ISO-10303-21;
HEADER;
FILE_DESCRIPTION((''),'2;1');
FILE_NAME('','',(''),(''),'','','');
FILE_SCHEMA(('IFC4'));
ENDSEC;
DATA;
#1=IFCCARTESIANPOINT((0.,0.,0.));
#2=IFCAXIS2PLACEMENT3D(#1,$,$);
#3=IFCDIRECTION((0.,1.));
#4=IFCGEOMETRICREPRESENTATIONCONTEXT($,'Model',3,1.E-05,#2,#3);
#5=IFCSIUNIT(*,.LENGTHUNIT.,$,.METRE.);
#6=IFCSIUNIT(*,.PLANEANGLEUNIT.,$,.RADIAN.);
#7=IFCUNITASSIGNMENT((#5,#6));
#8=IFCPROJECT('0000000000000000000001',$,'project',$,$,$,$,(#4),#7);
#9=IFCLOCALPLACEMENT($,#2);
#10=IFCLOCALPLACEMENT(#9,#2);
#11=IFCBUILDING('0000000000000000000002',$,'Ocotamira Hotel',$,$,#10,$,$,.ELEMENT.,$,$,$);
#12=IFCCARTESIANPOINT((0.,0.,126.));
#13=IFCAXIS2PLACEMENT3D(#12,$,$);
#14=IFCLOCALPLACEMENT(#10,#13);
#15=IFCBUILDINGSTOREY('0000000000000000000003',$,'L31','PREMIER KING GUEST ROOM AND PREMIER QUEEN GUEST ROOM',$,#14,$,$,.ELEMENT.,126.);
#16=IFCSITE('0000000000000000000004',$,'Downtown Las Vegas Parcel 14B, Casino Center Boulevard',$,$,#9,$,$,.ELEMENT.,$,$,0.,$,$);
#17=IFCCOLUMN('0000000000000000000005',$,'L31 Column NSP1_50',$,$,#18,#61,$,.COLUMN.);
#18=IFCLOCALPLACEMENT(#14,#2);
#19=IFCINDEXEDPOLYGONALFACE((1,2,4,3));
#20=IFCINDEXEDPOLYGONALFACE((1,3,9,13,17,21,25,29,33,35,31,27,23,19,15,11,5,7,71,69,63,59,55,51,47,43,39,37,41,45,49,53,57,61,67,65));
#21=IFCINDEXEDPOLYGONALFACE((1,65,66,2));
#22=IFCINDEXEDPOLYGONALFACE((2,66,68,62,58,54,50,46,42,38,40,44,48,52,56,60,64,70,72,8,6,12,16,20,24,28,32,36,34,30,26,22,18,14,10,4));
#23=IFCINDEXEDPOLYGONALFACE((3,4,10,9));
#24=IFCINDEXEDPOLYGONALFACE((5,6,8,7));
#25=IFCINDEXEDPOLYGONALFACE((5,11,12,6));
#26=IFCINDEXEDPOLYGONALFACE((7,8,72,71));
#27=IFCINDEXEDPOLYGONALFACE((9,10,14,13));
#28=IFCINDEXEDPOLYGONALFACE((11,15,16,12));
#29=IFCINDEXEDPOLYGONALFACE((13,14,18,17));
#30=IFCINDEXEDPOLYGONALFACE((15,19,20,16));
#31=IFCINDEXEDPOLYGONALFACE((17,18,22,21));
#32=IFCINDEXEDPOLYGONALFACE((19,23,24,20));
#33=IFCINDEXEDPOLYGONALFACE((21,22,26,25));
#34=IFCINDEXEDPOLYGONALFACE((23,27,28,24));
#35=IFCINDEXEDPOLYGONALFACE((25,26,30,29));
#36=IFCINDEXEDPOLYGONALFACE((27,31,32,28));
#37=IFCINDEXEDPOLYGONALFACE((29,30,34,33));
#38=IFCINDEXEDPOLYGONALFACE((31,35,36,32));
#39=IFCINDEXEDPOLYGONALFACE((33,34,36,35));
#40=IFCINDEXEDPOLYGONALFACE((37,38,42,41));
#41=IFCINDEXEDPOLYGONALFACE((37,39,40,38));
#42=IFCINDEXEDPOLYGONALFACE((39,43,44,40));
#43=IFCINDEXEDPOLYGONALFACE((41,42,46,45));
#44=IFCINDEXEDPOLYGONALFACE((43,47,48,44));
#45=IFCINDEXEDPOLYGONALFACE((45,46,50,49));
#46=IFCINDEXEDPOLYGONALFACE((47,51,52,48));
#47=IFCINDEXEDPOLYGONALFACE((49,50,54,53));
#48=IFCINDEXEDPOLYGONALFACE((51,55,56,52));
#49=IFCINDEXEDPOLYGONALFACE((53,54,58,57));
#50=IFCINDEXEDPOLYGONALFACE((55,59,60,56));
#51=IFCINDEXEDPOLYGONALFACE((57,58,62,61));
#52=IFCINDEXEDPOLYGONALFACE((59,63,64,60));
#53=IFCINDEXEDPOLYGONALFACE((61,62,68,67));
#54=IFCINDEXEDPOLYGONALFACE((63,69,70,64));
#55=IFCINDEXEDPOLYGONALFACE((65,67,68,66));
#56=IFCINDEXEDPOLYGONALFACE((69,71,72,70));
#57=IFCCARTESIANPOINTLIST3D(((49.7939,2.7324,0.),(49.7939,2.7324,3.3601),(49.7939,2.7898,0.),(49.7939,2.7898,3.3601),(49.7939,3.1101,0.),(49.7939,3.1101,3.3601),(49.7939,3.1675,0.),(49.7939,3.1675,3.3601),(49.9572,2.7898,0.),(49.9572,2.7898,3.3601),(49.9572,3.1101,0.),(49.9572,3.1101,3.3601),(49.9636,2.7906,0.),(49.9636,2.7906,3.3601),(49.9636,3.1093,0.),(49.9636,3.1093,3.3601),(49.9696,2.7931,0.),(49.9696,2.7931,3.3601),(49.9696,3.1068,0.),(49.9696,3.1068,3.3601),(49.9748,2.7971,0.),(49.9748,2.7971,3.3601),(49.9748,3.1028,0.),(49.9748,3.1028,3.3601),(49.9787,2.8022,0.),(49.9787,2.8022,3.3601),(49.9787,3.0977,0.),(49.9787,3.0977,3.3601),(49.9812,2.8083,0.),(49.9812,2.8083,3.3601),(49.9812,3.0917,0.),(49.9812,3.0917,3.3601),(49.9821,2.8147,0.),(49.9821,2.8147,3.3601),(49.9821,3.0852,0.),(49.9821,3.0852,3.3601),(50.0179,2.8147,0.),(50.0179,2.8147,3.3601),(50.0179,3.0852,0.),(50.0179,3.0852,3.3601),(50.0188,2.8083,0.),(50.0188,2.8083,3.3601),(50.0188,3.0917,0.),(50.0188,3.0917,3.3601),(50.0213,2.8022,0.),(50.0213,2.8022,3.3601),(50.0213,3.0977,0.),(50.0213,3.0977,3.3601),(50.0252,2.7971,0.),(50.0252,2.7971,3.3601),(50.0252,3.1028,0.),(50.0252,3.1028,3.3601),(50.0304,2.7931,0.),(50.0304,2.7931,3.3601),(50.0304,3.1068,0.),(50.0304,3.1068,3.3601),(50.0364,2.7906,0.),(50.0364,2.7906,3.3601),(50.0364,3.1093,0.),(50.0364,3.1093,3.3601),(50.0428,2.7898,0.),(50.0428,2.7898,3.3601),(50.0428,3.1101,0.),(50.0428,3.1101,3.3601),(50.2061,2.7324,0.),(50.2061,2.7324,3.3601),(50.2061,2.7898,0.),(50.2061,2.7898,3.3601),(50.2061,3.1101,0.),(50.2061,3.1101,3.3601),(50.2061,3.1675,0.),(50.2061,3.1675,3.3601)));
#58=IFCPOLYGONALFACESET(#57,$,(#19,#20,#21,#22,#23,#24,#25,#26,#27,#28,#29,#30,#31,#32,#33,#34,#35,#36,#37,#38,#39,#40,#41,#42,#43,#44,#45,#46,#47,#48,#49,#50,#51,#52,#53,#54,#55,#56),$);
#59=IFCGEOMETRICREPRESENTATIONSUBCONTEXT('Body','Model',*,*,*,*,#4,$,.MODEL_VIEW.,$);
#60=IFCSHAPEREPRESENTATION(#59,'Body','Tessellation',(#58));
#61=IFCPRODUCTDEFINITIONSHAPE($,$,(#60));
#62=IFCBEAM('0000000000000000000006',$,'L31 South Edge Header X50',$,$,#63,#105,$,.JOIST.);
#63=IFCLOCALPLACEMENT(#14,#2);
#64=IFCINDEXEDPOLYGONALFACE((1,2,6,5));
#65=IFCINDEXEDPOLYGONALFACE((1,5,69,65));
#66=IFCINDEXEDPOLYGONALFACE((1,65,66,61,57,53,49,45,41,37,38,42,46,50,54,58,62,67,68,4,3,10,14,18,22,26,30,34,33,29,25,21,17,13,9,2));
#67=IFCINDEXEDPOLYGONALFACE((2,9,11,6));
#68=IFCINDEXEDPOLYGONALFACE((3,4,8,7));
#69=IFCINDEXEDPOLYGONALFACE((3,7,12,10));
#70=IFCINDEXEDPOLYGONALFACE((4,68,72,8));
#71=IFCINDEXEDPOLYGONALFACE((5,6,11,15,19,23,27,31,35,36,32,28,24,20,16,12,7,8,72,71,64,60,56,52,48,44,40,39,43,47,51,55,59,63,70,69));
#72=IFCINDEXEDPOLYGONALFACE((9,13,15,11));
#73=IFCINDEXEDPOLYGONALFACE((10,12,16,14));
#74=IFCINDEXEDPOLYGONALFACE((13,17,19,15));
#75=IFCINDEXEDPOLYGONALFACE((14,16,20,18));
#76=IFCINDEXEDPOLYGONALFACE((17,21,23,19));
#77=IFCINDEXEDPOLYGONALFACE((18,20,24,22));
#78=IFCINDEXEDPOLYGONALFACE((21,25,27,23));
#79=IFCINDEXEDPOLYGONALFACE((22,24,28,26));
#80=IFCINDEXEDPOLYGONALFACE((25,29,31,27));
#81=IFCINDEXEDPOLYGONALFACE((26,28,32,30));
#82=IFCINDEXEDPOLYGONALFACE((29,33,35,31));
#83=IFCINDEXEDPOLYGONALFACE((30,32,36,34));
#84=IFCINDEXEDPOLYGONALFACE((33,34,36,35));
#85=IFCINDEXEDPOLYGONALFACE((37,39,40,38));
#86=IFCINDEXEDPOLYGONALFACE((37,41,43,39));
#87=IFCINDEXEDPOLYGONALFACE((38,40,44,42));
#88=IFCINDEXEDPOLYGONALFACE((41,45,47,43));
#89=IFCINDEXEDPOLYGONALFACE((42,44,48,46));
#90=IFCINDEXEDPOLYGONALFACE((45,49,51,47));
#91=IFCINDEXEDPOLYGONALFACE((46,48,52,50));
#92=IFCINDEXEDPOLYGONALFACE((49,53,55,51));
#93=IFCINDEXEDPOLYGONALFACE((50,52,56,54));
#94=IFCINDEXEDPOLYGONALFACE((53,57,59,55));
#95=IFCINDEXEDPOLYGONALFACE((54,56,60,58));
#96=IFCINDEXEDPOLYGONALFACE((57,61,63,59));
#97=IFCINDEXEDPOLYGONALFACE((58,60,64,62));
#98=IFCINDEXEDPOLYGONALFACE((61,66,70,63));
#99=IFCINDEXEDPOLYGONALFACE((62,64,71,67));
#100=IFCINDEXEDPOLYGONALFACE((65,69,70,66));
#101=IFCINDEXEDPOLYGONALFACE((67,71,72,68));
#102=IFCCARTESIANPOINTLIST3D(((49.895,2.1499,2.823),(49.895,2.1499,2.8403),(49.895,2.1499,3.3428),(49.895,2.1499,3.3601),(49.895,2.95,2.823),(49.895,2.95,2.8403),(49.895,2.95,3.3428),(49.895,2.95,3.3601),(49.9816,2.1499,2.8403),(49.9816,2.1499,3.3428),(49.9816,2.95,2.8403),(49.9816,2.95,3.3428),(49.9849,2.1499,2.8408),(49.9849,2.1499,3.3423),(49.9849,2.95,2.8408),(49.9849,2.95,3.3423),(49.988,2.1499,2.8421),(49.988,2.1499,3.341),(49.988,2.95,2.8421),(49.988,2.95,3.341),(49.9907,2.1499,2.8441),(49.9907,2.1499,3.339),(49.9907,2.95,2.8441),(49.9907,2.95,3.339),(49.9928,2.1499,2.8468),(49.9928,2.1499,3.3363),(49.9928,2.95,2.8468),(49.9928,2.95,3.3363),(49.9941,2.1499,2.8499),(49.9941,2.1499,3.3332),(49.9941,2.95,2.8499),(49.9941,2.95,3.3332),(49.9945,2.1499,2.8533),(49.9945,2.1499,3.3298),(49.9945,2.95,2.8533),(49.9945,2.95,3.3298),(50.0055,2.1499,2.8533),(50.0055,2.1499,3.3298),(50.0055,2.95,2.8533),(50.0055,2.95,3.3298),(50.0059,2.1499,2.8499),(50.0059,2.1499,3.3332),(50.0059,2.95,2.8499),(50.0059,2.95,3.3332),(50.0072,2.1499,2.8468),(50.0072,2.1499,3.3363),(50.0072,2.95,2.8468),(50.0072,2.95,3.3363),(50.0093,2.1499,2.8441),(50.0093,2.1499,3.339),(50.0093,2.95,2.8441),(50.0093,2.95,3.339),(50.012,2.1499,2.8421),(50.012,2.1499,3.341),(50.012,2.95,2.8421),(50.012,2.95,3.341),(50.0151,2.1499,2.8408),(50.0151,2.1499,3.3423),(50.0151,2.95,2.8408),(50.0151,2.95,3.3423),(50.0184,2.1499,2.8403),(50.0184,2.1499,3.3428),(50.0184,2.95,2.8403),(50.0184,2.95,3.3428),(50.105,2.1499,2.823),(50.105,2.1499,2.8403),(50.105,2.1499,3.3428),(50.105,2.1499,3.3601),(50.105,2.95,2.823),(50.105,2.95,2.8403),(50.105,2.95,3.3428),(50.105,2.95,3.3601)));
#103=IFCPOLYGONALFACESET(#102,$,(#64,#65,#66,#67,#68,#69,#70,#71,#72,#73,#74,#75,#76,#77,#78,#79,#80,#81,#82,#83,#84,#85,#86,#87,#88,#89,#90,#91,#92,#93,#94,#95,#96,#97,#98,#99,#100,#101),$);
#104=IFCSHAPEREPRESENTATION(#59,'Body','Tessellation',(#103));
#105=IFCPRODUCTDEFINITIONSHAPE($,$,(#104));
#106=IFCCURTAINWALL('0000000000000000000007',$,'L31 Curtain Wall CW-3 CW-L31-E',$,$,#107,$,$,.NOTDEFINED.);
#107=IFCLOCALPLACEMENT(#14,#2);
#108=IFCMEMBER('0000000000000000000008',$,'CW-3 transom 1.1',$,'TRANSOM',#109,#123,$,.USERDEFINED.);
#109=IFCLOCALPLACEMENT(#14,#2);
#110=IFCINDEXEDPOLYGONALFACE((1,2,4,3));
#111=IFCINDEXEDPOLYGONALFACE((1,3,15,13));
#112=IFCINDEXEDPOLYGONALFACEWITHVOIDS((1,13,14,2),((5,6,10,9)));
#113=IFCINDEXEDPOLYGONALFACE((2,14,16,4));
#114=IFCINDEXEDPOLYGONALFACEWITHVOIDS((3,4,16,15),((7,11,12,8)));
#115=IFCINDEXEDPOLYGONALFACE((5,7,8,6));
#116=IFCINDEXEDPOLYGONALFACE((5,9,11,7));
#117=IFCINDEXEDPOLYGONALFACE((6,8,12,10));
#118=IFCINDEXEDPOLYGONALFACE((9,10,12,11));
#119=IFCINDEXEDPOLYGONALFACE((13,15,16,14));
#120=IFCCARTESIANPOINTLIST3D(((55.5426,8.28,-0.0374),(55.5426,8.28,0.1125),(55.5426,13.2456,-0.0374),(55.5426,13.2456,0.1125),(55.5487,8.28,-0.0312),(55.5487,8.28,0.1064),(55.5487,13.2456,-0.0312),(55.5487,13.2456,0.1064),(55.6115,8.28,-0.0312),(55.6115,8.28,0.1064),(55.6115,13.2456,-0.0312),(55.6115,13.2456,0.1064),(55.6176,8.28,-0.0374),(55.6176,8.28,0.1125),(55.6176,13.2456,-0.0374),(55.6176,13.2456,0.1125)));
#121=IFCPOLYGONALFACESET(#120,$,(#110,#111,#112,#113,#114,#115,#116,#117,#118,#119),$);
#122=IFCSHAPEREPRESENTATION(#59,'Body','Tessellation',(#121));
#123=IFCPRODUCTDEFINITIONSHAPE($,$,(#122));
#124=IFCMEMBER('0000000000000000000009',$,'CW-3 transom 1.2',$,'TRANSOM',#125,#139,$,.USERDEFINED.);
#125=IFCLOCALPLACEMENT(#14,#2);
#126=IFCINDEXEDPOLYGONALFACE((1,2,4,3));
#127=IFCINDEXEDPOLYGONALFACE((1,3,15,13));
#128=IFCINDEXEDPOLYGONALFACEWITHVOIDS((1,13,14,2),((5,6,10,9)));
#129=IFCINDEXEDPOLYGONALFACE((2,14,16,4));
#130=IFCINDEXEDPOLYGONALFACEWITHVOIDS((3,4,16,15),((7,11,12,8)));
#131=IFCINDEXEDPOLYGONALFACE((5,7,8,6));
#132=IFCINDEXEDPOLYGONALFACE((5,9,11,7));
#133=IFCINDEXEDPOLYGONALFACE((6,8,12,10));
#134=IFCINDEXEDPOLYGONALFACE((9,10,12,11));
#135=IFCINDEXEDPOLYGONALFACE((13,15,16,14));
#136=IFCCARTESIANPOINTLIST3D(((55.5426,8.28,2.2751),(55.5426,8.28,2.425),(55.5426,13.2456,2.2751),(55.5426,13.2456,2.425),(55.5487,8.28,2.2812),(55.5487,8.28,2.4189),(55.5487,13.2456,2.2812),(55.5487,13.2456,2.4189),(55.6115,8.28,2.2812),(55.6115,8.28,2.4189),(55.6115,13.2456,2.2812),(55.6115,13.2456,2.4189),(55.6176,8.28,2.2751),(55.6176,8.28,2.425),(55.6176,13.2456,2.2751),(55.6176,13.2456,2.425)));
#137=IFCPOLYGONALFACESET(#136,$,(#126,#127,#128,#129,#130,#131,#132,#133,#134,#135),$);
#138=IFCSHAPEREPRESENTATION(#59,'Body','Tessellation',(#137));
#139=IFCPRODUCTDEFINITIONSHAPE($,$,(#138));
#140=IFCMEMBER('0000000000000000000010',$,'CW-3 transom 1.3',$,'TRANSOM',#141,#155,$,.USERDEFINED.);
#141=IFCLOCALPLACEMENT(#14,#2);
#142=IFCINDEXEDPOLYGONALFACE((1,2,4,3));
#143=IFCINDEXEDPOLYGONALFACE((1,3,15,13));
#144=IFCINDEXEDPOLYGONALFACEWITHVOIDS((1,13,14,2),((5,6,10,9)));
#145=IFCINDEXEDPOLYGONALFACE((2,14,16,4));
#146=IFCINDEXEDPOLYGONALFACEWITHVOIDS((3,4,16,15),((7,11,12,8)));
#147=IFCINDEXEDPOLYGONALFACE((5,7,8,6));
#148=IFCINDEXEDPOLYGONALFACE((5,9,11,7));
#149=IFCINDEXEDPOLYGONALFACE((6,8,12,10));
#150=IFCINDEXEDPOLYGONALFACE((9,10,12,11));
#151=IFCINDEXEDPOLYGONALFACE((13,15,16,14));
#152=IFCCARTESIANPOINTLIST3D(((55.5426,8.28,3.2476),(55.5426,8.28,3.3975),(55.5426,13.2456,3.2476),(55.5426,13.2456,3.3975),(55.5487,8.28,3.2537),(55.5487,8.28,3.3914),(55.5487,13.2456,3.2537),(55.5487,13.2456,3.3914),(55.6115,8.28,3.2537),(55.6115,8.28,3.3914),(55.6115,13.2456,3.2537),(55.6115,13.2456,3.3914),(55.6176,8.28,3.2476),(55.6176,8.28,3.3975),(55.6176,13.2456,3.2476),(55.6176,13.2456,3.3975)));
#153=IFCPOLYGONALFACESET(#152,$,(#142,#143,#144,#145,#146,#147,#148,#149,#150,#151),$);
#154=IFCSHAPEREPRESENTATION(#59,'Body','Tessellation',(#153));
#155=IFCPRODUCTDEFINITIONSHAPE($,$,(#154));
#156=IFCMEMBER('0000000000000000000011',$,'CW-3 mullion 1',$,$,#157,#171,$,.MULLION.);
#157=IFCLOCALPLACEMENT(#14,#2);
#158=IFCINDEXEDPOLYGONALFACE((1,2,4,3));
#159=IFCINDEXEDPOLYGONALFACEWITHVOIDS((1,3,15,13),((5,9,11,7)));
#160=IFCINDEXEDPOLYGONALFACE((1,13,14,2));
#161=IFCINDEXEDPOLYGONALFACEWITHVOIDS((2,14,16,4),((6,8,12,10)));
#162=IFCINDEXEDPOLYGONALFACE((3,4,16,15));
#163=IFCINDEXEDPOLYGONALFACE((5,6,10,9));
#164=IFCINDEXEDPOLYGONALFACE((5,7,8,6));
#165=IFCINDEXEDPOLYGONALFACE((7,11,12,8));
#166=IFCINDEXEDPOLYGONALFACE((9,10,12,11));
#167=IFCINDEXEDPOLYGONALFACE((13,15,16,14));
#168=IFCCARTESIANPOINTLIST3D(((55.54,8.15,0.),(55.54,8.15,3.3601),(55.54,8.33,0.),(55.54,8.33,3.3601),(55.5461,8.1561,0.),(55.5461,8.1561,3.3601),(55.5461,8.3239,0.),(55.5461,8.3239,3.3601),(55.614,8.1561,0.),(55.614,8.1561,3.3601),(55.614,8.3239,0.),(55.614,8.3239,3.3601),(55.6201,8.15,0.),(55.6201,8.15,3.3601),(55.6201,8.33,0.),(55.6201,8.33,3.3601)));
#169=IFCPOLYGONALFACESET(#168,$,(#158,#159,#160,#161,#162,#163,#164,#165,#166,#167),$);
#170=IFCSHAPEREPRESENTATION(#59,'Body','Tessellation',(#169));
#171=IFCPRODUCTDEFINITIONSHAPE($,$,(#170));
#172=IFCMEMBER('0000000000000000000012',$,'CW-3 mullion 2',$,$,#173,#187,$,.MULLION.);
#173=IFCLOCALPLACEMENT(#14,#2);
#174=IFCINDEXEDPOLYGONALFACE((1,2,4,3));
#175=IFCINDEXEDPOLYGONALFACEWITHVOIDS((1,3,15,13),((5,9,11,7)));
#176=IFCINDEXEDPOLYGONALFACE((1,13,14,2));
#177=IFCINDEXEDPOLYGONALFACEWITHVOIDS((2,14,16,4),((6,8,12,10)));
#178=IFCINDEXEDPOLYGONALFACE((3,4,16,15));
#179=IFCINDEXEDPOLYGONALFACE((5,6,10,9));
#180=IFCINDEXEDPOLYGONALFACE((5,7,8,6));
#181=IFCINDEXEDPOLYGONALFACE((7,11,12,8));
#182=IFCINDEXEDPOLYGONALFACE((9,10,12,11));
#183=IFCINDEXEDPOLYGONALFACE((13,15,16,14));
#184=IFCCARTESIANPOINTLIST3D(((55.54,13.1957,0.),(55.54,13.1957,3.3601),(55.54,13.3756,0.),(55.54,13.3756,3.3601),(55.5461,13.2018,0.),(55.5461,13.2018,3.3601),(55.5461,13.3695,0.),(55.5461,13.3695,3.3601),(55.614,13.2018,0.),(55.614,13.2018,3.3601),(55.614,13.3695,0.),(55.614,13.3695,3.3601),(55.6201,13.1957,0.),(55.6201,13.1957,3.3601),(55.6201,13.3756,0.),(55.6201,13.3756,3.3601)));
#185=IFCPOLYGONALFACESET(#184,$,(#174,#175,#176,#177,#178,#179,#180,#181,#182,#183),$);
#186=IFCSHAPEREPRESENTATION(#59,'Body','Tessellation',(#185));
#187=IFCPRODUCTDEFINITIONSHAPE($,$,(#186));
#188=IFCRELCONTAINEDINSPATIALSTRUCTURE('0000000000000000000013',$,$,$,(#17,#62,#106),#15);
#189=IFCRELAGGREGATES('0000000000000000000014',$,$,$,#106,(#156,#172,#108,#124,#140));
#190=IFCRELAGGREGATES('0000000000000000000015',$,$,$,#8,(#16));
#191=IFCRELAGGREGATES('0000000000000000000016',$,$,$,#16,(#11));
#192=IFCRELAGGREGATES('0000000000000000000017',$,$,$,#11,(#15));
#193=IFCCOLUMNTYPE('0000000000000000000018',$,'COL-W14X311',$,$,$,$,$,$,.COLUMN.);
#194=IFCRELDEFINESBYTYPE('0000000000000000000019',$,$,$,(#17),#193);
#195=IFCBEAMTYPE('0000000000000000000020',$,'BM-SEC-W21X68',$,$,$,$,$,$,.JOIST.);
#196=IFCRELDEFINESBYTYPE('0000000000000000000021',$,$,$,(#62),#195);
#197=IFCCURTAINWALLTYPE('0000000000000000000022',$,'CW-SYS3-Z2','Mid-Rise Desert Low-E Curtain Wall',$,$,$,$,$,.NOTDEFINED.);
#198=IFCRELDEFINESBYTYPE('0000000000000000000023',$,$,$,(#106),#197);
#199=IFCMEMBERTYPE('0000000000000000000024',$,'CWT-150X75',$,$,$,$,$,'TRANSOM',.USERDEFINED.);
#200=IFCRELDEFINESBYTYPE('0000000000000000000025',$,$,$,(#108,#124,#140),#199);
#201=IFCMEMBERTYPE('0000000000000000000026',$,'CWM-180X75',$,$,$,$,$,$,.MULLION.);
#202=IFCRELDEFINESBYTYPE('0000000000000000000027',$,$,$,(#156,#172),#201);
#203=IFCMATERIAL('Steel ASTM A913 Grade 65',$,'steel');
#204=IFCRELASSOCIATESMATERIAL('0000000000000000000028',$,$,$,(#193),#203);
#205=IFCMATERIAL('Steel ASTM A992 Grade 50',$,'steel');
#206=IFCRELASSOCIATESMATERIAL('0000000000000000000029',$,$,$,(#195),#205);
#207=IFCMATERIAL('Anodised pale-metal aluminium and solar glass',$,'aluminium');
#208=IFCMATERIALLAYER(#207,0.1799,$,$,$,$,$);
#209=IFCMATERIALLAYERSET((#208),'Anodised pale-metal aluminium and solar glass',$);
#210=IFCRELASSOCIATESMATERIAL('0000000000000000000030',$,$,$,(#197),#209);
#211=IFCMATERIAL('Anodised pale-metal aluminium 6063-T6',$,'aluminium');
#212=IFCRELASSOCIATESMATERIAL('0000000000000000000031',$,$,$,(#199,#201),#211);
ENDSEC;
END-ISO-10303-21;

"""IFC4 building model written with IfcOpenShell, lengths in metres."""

from ifc_helpers import new_model, si_unit, direction, frame, origin, origin_2d, place, context, subcontext, project, spatial, hollow_rectangle, i_section, extrude, source, transform, mapped, material, layer, layer_set, material_profile, profile_set, type_object, element, aggregate, save


model = new_model("IFC4")

# Units and contexts
model_context = context("Model", 3, precision=1e-05, world=origin(), true_north=direction((0.0, 1.0)))
body_context = subcontext(model_context, "Body", "Model", "MODEL_VIEW")
ifc_project = project(units=[si_unit("LENGTHUNIT", "METRE"), si_unit("PLANEANGLEUNIT", "RADIAN")], contexts=[model_context])

# Site, building, storey
site_placement = place(None, origin())
site = spatial("IfcSite", under=ifc_project, at=site_placement, Name="Downtown Las Vegas Parcel 14B, Casino Center Boulevard", CompositionType="ELEMENT", RefElevation=0.0)
building_placement = place(site_placement, origin())
building = spatial("IfcBuilding", under=site, at=building_placement, Name="Ocotamira Hotel", CompositionType="ELEMENT")
storey_placement = place(building_placement, frame((0.0, 0.0, 126.0)))
storey = spatial("IfcBuildingStorey", under=building, at=storey_placement, Name="L31", Description="PREMIER KING GUEST ROOM AND PREMIER QUEEN GUEST ROOM", CompositionType="ELEMENT", Elevation=126.0)

# Column
ifc_material_1 = material(Name="Steel ASTM A913 Grade 65", Category="steel")
ifc_material_profile_1 = material_profile(ifc_material_1, i_section(OverallWidth=0.4121, OverallDepth=0.4351, WebThickness=0.0359, FlangeThickness=0.0574, FilletRadius=0.0249, at=origin_2d()), Name="W14X311")
ifc_profile_set_1 = profile_set([ifc_material_profile_1], Name="Steel ASTM A913 Grade 65")
column_type = type_object("IfcColumnType", Name="COL-W14X311", PredefinedType="COLUMN", material=ifc_profile_set_1)
shared_shape_1 = source(origin(), body_context, "Body", "SweptSolid", [
    extrude(i_section(OverallWidth=0.4121, OverallDepth=0.4351, WebThickness=0.0359, FlangeThickness=0.0574, FilletRadius=0.0249, at=origin_2d()), origin(), (0.0, 0.0, 1.0), 3.3601),
])
column_placement = place(storey_placement, frame((50.0, 2.95, 0.0), z_axis=(0.0, 0.0, 1.0), x_axis=(1.0, 0.0, 0.0)))
element("IfcColumn", 1, at=column_placement, inside=storey, type_object=column_type, Name="L31 Column NSP1_50", PredefinedType="COLUMN", context=body_context, shape_type="MappedRepresentation", body=[
    mapped(shared_shape_1, transform((0.0, 0.0, 0.0), scale=1.0)),
])

# Beam
ifc_material_2 = material(Name="Steel ASTM A992 Grade 50", Category="steel")
ifc_material_profile_2 = material_profile(ifc_material_2, i_section(OverallWidth=0.21, OverallDepth=0.5371, WebThickness=0.011, FlangeThickness=0.0173, FilletRadius=0.0129, at=origin_2d()), Name="W21X68")
ifc_profile_set_2 = profile_set([ifc_material_profile_2], Name="Steel ASTM A992 Grade 50")
beam_type = type_object("IfcBeamType", Name="BM-SEC-W21X68", PredefinedType="JOIST", material=ifc_profile_set_2)
shared_shape_2 = source(origin(), body_context, "Body", "SweptSolid", [
    extrude(i_section(OverallWidth=0.21, OverallDepth=0.5371, WebThickness=0.011, FlangeThickness=0.0173, FilletRadius=0.0129, at=origin_2d()), origin(), (0.0, 0.0, 1.0), 0.8),
])
beam_placement = place(storey_placement, frame((50.0, 2.95, 3.0916), z_axis=(0.0, -1.0, 0.0), x_axis=(1.0, 0.0, 0.0)))
element("IfcBeam", 2, at=beam_placement, inside=storey, type_object=beam_type, Name="L31 South Edge Header X50", PredefinedType="JOIST", context=body_context, shape_type="MappedRepresentation", body=[
    mapped(shared_shape_2, transform((0.0, 0.0, 0.0), scale=1.0)),
])

# Curtain wall, members
ifc_material_3 = material(Name="Anodised pale-metal aluminium and solar glass", Category="aluminium")
ifc_layer_1 = layer(ifc_material_3, 0.1799)
ifc_layer_set_1 = layer_set([ifc_layer_1], Name="Anodised pale-metal aluminium and solar glass")
curtain_wall_type = type_object("IfcCurtainWallType", Name="CW-SYS3-Z2", Description="Mid-Rise Desert Low-E Curtain Wall", PredefinedType="NOTDEFINED", material=ifc_layer_set_1)
curtain_wall_placement = place(storey_placement, origin())
curtain_wall = element("IfcCurtainWall", 3, at=curtain_wall_placement, inside=storey, type_object=curtain_wall_type, Name="L31 Curtain Wall CW-3 CW-L31-E", PredefinedType="NOTDEFINED")
ifc_material_4 = material(Name="Anodised pale-metal aluminium 6063-T6", Category="aluminium")
ifc_material_profile_3 = material_profile(ifc_material_4, hollow_rectangle(XDim=0.075, YDim=0.1499, WallThickness=0.0061, at=origin_2d()), Name="HSS150X75X6")
ifc_profile_set_3 = profile_set([ifc_material_profile_3], Name="Anodised pale-metal aluminium 6063-T6")
member_type_1 = type_object("IfcMemberType", Name="CWT-150X75", ElementType="TRANSOM", PredefinedType="USERDEFINED", material=ifc_profile_set_3)
shared_shape_3 = source(origin(), body_context, "Body", "SweptSolid", [
    extrude(hollow_rectangle(XDim=0.075, YDim=0.1499, WallThickness=0.0061, at=origin_2d()), origin(), (0.0, 0.0, 1.0), 4.9656),
])
member_1_placement = place(storey_placement, frame((55.5801, 8.28, 0.0376), z_axis=(0.0, 1.0, 0.0), x_axis=(-1.0, 0.0, 0.0)))
member_1 = element("IfcMember", 4, at=member_1_placement, type_object=member_type_1, Name="CW-3 transom 1.1", ObjectType="TRANSOM", PredefinedType="USERDEFINED", context=body_context, shape_type="MappedRepresentation", body=[
    mapped(shared_shape_3, transform((0.0, 0.0, 0.0), scale=1.0)),
])
member_2_placement = place(storey_placement, frame((55.5801, 8.28, 2.3501), z_axis=(0.0, 1.0, 0.0), x_axis=(-1.0, 0.0, 0.0)))
member_2 = element("IfcMember", 5, at=member_2_placement, type_object=member_type_1, Name="CW-3 transom 1.2", ObjectType="TRANSOM", PredefinedType="USERDEFINED", context=body_context, shape_type="MappedRepresentation", body=[
    mapped(shared_shape_3, transform((0.0, 0.0, 0.0), scale=1.0)),
])
member_3_placement = place(storey_placement, frame((55.5801, 8.28, 3.3225), z_axis=(0.0, 1.0, 0.0), x_axis=(-1.0, 0.0, 0.0)))
member_3 = element("IfcMember", 6, at=member_3_placement, type_object=member_type_1, Name="CW-3 transom 1.3", ObjectType="TRANSOM", PredefinedType="USERDEFINED", context=body_context, shape_type="MappedRepresentation", body=[
    mapped(shared_shape_3, transform((0.0, 0.0, 0.0), scale=1.0)),
])
ifc_material_profile_4 = material_profile(ifc_material_4, hollow_rectangle(XDim=0.0801, YDim=0.1799, WallThickness=0.0061, at=origin_2d()), Name="HSS180X80X6")
ifc_profile_set_4 = profile_set([ifc_material_profile_4], Name="Anodised pale-metal aluminium 6063-T6")
member_type_2 = type_object("IfcMemberType", Name="CWM-180X75", PredefinedType="MULLION", material=ifc_profile_set_4)
shared_shape_4 = source(origin(), body_context, "Body", "SweptSolid", [
    extrude(hollow_rectangle(XDim=0.0801, YDim=0.1799, WallThickness=0.0061, at=origin_2d()), origin(), (0.0, 0.0, 1.0), 3.3601),
])
member_4_placement = place(storey_placement, frame((55.5801, 8.24, 0.0), z_axis=(0.0, 0.0, 1.0), x_axis=(-1.0, 0.0, 0.0)))
member_4 = element("IfcMember", 7, at=member_4_placement, type_object=member_type_2, Name="CW-3 mullion 1", PredefinedType="MULLION", context=body_context, shape_type="MappedRepresentation", body=[
    mapped(shared_shape_4, transform((0.0, 0.0, 0.0), scale=1.0)),
])
member_5_placement = place(storey_placement, frame((55.5801, 13.2856, 0.0), z_axis=(0.0, 0.0, 1.0), x_axis=(-1.0, 0.0, 0.0)))
member_5 = element("IfcMember", 8, at=member_5_placement, type_object=member_type_2, Name="CW-3 mullion 2", PredefinedType="MULLION", context=body_context, shape_type="MappedRepresentation", body=[
    mapped(shared_shape_4, transform((0.0, 0.0, 0.0), scale=1.0)),
])
aggregate(curtain_wall, [member_4, member_5, member_1, member_2, member_3])

save(model, "model.ifc")
